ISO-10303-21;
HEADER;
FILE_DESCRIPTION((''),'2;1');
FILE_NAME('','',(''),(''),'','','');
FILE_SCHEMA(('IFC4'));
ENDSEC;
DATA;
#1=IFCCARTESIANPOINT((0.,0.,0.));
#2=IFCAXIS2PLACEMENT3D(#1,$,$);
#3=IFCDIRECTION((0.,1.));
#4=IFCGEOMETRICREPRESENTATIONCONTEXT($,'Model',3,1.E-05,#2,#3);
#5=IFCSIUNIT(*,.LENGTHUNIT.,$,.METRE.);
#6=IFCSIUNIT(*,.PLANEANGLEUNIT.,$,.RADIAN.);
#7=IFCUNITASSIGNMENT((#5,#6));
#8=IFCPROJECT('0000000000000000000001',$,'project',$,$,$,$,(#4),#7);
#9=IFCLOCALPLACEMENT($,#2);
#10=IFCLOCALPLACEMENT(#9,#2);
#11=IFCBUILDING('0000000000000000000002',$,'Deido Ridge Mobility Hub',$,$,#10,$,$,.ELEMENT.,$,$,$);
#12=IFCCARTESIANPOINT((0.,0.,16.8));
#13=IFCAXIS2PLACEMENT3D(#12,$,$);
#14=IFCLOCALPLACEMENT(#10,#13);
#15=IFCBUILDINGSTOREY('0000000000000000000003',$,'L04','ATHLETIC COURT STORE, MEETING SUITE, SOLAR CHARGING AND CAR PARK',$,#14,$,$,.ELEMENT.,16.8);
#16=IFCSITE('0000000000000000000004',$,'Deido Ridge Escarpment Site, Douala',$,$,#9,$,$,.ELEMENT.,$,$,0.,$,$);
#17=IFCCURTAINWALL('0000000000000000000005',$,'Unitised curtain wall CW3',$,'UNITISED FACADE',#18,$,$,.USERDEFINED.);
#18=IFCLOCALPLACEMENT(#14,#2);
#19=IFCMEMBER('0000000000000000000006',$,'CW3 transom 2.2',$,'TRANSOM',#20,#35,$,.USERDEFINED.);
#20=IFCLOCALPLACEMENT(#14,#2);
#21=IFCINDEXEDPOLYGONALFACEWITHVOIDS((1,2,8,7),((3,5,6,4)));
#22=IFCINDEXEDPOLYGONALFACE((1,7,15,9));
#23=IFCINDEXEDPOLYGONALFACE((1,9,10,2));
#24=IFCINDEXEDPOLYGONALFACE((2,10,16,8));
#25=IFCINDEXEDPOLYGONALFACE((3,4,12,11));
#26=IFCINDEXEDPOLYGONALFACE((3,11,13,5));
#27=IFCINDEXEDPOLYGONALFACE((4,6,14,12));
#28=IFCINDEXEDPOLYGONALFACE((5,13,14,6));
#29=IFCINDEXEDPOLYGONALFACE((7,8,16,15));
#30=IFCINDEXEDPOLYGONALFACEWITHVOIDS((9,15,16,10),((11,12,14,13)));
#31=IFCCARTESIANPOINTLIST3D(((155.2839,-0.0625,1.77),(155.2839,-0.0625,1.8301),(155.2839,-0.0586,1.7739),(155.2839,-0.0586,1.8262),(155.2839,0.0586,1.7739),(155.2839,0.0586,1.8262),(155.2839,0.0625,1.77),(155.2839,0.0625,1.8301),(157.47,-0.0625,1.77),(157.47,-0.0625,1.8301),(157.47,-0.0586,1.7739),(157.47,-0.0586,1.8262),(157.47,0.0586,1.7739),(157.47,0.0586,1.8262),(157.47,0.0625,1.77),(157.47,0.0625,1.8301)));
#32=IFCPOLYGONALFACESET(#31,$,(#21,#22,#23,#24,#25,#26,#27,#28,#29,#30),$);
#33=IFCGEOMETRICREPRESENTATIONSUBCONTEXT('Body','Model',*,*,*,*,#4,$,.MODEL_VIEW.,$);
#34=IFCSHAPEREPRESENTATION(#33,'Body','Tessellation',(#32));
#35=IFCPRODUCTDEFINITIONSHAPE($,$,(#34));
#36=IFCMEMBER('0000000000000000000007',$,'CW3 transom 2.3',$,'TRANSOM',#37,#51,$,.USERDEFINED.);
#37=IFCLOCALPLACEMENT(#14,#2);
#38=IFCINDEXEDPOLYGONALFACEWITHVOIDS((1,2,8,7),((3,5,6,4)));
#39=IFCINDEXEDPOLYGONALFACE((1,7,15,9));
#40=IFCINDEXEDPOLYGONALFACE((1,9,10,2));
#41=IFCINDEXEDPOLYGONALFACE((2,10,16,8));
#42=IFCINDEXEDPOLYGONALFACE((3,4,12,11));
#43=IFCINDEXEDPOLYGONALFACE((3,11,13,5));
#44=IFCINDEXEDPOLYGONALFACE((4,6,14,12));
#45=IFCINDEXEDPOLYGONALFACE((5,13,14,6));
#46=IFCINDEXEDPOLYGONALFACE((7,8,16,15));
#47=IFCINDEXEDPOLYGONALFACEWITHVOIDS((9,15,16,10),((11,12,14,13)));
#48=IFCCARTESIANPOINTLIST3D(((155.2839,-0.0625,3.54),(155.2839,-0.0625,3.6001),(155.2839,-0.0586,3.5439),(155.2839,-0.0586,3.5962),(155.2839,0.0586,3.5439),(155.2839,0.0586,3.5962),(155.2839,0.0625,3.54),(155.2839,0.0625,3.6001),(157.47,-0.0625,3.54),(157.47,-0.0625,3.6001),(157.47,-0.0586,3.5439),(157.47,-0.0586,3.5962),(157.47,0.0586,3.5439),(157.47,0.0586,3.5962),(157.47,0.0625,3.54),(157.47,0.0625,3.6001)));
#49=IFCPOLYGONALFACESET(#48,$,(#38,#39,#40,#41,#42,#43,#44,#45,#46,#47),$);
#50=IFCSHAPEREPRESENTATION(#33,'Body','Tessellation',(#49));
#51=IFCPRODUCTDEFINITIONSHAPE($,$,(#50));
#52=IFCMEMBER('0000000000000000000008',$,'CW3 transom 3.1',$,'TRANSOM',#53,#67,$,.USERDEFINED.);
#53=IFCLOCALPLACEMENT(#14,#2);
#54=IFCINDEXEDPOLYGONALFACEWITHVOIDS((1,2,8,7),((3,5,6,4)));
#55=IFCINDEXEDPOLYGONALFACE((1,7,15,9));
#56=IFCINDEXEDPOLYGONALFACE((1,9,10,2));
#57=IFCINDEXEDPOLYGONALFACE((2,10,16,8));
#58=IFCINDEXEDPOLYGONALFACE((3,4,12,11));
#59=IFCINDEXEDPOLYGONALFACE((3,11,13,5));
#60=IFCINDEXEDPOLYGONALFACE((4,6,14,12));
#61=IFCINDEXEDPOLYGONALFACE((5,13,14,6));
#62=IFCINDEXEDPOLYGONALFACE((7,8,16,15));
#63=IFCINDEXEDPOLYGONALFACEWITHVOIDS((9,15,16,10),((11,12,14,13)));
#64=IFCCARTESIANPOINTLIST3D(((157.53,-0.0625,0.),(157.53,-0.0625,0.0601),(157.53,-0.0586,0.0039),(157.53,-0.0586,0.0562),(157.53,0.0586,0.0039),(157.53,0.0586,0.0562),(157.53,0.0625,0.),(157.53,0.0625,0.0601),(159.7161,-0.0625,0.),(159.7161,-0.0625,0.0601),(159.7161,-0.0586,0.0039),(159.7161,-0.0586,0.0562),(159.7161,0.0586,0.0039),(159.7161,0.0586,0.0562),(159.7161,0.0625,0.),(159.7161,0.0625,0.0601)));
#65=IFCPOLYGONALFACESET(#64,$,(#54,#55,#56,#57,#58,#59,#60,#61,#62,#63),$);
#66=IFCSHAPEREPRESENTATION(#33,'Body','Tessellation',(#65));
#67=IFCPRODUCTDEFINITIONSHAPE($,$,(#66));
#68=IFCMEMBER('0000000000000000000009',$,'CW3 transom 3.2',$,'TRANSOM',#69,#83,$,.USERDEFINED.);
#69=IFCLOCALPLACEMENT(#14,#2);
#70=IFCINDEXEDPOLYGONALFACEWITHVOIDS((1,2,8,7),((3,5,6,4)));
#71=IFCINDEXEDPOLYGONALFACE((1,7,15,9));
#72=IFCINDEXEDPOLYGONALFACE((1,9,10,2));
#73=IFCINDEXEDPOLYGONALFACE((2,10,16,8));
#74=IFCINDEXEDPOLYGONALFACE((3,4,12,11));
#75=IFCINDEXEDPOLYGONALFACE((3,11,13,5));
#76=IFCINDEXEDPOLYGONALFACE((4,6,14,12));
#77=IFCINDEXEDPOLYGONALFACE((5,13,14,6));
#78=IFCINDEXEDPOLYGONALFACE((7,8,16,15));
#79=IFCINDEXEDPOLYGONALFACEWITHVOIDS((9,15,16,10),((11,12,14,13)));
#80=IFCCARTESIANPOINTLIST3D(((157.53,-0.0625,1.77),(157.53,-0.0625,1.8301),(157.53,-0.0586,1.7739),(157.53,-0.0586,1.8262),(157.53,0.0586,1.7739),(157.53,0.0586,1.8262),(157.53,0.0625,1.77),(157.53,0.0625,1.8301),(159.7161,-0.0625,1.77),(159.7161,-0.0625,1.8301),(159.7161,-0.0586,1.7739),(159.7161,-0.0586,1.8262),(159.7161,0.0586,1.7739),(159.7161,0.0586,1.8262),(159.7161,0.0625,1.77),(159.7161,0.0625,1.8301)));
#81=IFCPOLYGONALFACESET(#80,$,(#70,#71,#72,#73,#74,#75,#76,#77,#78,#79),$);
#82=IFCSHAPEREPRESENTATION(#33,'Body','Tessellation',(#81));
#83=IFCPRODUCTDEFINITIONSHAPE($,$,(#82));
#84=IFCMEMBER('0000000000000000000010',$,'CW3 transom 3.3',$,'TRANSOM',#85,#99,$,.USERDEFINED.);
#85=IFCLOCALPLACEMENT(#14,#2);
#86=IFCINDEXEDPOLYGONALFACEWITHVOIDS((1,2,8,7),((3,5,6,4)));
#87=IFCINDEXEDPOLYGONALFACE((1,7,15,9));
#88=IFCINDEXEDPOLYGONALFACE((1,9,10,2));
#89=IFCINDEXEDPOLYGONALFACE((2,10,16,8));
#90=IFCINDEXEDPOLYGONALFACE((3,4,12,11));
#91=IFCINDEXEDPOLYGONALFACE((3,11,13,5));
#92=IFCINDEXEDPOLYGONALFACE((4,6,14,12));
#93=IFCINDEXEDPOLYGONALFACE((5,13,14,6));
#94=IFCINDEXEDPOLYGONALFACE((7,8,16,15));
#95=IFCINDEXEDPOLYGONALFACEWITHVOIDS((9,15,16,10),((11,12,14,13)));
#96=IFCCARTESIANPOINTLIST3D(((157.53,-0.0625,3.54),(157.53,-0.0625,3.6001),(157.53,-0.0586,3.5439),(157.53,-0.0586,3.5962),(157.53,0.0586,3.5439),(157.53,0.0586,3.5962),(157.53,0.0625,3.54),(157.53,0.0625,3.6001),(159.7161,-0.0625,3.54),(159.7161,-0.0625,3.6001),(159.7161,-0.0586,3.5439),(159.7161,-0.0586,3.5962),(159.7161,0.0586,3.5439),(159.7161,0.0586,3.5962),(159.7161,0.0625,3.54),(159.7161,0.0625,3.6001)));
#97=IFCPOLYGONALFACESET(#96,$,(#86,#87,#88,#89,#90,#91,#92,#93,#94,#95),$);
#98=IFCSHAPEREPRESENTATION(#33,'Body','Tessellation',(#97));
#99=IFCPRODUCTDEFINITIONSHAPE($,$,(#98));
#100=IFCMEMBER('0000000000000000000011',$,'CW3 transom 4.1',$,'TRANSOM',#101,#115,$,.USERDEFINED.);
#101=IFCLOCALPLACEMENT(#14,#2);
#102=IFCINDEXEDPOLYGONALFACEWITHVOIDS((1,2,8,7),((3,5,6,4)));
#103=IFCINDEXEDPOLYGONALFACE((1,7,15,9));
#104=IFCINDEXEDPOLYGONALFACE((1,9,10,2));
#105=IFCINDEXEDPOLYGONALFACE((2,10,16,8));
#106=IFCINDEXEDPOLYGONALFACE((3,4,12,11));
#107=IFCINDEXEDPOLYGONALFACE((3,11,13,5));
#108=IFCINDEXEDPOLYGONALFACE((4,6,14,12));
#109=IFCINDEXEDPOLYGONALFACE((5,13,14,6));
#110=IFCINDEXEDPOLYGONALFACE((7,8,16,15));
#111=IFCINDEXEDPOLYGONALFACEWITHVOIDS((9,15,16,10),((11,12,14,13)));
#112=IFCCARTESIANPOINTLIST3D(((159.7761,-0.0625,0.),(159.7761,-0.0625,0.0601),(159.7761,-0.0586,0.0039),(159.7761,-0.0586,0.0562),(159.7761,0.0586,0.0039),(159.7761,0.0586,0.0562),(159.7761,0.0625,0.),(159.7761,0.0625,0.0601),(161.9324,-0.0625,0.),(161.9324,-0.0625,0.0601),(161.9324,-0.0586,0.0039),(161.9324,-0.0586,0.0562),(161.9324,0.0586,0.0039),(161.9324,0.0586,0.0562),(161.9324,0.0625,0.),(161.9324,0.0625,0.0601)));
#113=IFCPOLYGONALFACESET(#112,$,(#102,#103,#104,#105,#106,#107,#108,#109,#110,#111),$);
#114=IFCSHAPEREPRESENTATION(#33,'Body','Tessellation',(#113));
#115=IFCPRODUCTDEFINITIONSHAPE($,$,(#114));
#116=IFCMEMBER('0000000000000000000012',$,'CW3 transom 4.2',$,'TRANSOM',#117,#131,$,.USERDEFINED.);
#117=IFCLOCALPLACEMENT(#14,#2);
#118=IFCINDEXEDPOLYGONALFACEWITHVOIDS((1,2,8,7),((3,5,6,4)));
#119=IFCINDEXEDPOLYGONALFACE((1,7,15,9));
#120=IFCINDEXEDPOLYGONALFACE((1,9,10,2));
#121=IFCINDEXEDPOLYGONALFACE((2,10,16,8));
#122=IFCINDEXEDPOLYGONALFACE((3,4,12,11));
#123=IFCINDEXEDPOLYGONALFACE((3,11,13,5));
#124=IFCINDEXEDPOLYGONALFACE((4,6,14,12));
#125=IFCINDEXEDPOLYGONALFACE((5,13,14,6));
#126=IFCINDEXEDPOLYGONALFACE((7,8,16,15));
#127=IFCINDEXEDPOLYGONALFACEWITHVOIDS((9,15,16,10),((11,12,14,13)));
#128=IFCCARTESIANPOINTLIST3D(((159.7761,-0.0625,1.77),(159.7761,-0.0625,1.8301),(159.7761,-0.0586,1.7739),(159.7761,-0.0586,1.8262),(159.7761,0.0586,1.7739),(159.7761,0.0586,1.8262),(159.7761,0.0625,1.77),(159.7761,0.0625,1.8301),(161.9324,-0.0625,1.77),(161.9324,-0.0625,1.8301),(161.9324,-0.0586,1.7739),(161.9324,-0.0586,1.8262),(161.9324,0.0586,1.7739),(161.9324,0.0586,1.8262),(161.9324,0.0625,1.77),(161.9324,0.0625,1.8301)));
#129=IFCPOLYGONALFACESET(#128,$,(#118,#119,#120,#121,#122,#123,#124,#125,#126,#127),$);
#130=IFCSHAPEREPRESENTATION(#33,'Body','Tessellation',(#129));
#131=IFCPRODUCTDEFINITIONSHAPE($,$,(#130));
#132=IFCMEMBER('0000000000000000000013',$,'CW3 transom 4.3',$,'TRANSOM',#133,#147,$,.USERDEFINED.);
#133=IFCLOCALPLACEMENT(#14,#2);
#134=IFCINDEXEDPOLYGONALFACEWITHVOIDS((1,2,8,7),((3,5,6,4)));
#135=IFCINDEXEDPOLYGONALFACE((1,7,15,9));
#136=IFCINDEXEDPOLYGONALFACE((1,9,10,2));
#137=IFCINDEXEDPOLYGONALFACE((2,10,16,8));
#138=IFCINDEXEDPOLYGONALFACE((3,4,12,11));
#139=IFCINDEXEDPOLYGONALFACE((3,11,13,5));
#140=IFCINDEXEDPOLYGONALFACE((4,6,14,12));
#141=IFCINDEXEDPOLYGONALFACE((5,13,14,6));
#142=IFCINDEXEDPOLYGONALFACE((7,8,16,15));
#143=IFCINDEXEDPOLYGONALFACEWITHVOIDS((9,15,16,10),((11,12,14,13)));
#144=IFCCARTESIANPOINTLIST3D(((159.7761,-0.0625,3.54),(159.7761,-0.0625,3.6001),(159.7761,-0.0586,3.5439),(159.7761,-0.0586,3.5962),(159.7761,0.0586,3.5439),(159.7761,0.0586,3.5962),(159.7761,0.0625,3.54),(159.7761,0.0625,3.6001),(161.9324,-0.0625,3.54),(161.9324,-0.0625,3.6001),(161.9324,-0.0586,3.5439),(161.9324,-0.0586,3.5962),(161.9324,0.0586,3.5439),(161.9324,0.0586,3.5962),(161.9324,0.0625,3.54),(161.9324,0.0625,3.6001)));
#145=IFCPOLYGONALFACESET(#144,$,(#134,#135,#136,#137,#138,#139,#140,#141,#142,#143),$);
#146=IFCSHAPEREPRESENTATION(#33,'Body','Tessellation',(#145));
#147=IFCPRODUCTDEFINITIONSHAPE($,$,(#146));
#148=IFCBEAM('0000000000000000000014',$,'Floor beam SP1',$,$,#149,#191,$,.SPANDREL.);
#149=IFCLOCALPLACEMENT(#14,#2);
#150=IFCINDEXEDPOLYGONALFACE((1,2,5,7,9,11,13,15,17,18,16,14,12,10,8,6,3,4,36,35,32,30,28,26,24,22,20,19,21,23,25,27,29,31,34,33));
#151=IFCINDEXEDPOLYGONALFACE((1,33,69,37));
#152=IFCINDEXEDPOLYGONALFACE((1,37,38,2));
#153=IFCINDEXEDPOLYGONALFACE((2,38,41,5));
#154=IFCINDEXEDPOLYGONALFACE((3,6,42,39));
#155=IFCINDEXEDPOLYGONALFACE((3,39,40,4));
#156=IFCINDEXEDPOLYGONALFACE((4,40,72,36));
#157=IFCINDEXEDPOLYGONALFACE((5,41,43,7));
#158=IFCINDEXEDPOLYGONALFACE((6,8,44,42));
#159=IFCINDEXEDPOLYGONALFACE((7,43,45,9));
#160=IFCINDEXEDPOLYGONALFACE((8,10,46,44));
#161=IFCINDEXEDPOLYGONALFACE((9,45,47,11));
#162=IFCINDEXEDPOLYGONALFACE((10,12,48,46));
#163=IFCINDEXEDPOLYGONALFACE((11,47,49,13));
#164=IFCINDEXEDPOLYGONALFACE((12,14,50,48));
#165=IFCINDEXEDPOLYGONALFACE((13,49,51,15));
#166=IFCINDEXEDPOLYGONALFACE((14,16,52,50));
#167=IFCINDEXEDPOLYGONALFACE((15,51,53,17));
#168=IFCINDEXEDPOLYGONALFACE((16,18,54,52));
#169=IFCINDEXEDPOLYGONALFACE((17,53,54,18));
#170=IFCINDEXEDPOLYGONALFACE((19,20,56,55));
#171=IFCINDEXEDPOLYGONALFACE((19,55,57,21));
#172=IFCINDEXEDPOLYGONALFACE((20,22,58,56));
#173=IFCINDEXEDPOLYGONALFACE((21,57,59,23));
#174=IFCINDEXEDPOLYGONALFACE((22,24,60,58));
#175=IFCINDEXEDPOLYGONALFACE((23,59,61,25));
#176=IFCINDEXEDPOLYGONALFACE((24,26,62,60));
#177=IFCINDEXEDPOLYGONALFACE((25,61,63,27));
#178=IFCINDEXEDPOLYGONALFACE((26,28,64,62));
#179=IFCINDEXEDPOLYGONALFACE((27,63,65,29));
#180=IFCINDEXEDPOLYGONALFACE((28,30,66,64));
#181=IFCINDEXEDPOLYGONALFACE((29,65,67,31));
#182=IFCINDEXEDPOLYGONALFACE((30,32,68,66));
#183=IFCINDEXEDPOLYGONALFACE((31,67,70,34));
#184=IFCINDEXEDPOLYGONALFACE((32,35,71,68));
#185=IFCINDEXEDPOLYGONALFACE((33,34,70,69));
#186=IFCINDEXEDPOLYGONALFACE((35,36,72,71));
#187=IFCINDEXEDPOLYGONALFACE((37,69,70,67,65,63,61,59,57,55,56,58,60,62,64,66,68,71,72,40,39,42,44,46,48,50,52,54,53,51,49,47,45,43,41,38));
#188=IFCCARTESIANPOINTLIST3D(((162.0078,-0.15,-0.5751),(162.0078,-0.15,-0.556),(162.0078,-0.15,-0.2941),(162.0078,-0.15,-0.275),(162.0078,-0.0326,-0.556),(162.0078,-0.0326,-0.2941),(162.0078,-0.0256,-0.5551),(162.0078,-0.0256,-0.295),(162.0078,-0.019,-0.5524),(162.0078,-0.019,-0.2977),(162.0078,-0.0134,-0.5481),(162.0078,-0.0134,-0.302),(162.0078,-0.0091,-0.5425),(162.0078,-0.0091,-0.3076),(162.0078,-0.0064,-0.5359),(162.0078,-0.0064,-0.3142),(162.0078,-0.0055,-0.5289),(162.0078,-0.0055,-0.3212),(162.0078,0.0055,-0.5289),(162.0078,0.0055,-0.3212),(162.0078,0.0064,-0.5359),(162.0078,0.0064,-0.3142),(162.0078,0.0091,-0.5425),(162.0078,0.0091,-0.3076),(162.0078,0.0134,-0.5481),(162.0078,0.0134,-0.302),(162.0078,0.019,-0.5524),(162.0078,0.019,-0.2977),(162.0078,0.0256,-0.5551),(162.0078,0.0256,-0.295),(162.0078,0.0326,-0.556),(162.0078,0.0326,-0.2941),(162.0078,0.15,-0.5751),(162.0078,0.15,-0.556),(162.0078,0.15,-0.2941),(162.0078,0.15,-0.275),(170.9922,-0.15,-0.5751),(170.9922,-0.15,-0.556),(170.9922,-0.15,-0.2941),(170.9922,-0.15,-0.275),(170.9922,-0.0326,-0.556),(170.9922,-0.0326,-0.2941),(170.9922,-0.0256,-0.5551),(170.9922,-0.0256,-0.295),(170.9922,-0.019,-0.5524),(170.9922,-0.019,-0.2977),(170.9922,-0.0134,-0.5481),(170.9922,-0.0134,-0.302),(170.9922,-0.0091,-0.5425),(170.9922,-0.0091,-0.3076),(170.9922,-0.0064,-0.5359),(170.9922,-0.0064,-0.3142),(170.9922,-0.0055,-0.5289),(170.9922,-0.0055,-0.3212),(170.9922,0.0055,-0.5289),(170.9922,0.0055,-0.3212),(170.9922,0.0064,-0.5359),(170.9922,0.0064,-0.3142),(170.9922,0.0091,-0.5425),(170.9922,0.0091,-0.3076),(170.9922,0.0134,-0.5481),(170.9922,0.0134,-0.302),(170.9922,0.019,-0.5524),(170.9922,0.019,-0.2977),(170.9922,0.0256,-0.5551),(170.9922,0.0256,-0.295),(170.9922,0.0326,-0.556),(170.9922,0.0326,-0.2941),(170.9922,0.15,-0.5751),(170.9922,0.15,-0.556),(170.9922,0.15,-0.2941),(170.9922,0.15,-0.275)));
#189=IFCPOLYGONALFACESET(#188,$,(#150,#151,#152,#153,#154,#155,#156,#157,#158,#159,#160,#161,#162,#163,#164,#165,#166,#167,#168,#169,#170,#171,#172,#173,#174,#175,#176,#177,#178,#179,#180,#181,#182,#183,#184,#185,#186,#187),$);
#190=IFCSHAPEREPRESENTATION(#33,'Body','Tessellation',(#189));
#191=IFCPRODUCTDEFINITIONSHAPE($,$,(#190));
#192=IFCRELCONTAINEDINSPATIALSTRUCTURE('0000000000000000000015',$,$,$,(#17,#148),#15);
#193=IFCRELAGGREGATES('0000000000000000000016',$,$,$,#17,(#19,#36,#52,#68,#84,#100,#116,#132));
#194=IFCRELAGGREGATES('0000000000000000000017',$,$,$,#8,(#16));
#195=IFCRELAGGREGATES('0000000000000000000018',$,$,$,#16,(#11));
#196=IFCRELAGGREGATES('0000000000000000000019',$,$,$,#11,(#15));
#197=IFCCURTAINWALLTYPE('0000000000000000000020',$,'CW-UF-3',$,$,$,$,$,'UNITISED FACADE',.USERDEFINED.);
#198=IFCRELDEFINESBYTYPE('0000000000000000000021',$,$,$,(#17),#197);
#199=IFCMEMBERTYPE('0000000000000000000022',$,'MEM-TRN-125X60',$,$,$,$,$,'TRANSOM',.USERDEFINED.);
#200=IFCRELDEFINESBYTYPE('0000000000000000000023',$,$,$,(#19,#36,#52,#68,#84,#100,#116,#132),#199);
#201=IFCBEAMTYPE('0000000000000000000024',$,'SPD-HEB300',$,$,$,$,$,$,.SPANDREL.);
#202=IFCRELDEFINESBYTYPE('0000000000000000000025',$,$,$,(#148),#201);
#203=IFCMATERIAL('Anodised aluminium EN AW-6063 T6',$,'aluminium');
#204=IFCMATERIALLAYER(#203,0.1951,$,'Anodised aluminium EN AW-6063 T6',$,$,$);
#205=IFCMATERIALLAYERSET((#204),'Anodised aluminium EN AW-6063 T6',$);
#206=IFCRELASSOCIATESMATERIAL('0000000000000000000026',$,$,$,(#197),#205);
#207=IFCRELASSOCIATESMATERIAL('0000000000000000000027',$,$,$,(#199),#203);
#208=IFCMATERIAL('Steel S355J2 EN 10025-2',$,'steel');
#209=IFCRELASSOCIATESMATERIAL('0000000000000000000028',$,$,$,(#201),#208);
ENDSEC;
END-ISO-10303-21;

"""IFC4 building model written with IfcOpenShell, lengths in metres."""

from ifc_helpers import new_model, si_unit, direction, frame, origin, origin_2d, place, context, subcontext, project, spatial, hollow_rectangle, i_section, extrude, material, layer, layer_set, material_profile, profile_set, type_object, element, aggregate, save


model = new_model("IFC4")

# Units and contexts
model_context = context("Model", 3, precision=1e-05, world=origin(), true_north=direction((0.0, 1.0)))
body_context = subcontext(model_context, "Body", "Model", "MODEL_VIEW")
ifc_project = project(units=[si_unit("LENGTHUNIT", "METRE"), si_unit("PLANEANGLEUNIT", "RADIAN")], contexts=[model_context])

# Site, building, storey
site_placement = place(None, origin())
site = spatial("IfcSite", under=ifc_project, at=site_placement, Name="Deido Ridge Escarpment Site, Douala", CompositionType="ELEMENT", RefElevation=0.0)
building_placement = place(site_placement, origin())
building = spatial("IfcBuilding", under=site, at=building_placement, Name="Deido Ridge Mobility Hub", CompositionType="ELEMENT")
storey_placement = place(building_placement, frame((0.0, 0.0, 16.8)))
storey = spatial("IfcBuildingStorey", under=building, at=storey_placement, Name="L04", Description="ATHLETIC COURT STORE, MEETING SUITE, SOLAR CHARGING AND CAR PARK", CompositionType="ELEMENT", Elevation=16.8)

# Shared definitions
ifc_material_1 = material(Name="Steel S355J2 EN 10025-2", Category="steel")

# Curtain wall, members
ifc_material_2 = material(Name="Anodised aluminium EN AW-6063 T6", Category="aluminium")
ifc_layer_1 = layer(ifc_material_2, 0.1951, Name="Anodised aluminium EN AW-6063 T6")
ifc_layer_set_1 = layer_set([ifc_layer_1], Name="Anodised aluminium EN AW-6063 T6")
curtain_wall_type = type_object("IfcCurtainWallType", Name="CW-UF-3", ElementType="UNITISED FACADE", PredefinedType="USERDEFINED", material=ifc_layer_set_1)
curtain_wall_placement = place(storey_placement, origin())
curtain_wall = element("IfcCurtainWall", 1, at=curtain_wall_placement, inside=storey, type_object=curtain_wall_type, Name="Unitised curtain wall CW3", ObjectType="UNITISED FACADE", PredefinedType="USERDEFINED")
ifc_material_profile_1 = material_profile(ifc_material_2, hollow_rectangle(XDim=0.125, YDim=0.0601, WallThickness=0.0039, at=origin_2d()), Name="RHS 125x60x4")
ifc_profile_set_1 = profile_set([ifc_material_profile_1], Name="Anodised aluminium EN AW-6063 T6")
member_type_1 = type_object("IfcMemberType", Name="MEM-TRN-125X60", ElementType="TRANSOM", PredefinedType="USERDEFINED", material=ifc_profile_set_1)
member_1_placement = place(storey_placement, frame((155.2839, 0.0, 1.8), z_axis=(1.0, 0.0, 0.0), x_axis=(0.0, 1.0, 0.0)))
member_1 = element("IfcMember", 2, at=member_1_placement, type_object=member_type_1, Name="CW3 transom 2.2", ObjectType="TRANSOM", PredefinedType="USERDEFINED", context=body_context, shape_type="SweptSolid", body=[
    extrude(hollow_rectangle(XDim=0.125, YDim=0.0601, WallThickness=0.0039, at=origin_2d()), origin(), (0.0, 0.0, 1.0), 2.186),
])
member_2_placement = place(storey_placement, frame((155.2839, 0.0, 3.5701), z_axis=(1.0, 0.0, 0.0), x_axis=(0.0, 1.0, 0.0)))
member_2 = element("IfcMember", 3, at=member_2_placement, type_object=member_type_1, Name="CW3 transom 2.3", ObjectType="TRANSOM", PredefinedType="USERDEFINED", context=body_context, shape_type="SweptSolid", body=[
    extrude(hollow_rectangle(XDim=0.125, YDim=0.0601, WallThickness=0.0039, at=origin_2d()), origin(), (0.0, 0.0, 1.0), 2.186),
])
member_3_placement = place(storey_placement, frame((157.53, 0.0, 0.03), z_axis=(1.0, 0.0, 0.0), x_axis=(0.0, 1.0, 0.0)))
member_3 = element("IfcMember", 4, at=member_3_placement, type_object=member_type_1, Name="CW3 transom 3.1", ObjectType="TRANSOM", PredefinedType="USERDEFINED", context=body_context, shape_type="SweptSolid", body=[
    extrude(hollow_rectangle(XDim=0.125, YDim=0.0601, WallThickness=0.0039, at=origin_2d()), origin(), (0.0, 0.0, 1.0), 2.186),
])
member_4_placement = place(storey_placement, frame((157.53, 0.0, 1.8), z_axis=(1.0, 0.0, 0.0), x_axis=(0.0, 1.0, 0.0)))
member_4 = element("IfcMember", 5, at=member_4_placement, type_object=member_type_1, Name="CW3 transom 3.2", ObjectType="TRANSOM", PredefinedType="USERDEFINED", context=body_context, shape_type="SweptSolid", body=[
    extrude(hollow_rectangle(XDim=0.125, YDim=0.0601, WallThickness=0.0039, at=origin_2d()), origin(), (0.0, 0.0, 1.0), 2.186),
])
member_5_placement = place(storey_placement, frame((157.53, 0.0, 3.5701), z_axis=(1.0, 0.0, 0.0), x_axis=(0.0, 1.0, 0.0)))
member_5 = element("IfcMember", 6, at=member_5_placement, type_object=member_type_1, Name="CW3 transom 3.3", ObjectType="TRANSOM", PredefinedType="USERDEFINED", context=body_context, shape_type="SweptSolid", body=[
    extrude(hollow_rectangle(XDim=0.125, YDim=0.0601, WallThickness=0.0039, at=origin_2d()), origin(), (0.0, 0.0, 1.0), 2.186),
])
member_6_placement = place(storey_placement, frame((159.7761, 0.0, 0.03), z_axis=(1.0, 0.0, 0.0), x_axis=(0.0, 1.0, 0.0)))
member_6 = element("IfcMember", 7, at=member_6_placement, type_object=member_type_1, Name="CW3 transom 4.1", ObjectType="TRANSOM", PredefinedType="USERDEFINED", context=body_context, shape_type="SweptSolid", body=[
    extrude(hollow_rectangle(XDim=0.125, YDim=0.0601, WallThickness=0.0039, at=origin_2d()), origin(), (0.0, 0.0, 1.0), 2.1562),
])
member_7_placement = place(storey_placement, frame((159.7761, 0.0, 1.8), z_axis=(1.0, 0.0, 0.0), x_axis=(0.0, 1.0, 0.0)))
member_7 = element("IfcMember", 8, at=member_7_placement, type_object=member_type_1, Name="CW3 transom 4.2", ObjectType="TRANSOM", PredefinedType="USERDEFINED", context=body_context, shape_type="SweptSolid", body=[
    extrude(hollow_rectangle(XDim=0.125, YDim=0.0601, WallThickness=0.0039, at=origin_2d()), origin(), (0.0, 0.0, 1.0), 2.1562),
])
member_8_placement = place(storey_placement, frame((159.7761, 0.0, 3.5701), z_axis=(1.0, 0.0, 0.0), x_axis=(0.0, 1.0, 0.0)))
member_8 = element("IfcMember", 9, at=member_8_placement, type_object=member_type_1, Name="CW3 transom 4.3", ObjectType="TRANSOM", PredefinedType="USERDEFINED", context=body_context, shape_type="SweptSolid", body=[
    extrude(hollow_rectangle(XDim=0.125, YDim=0.0601, WallThickness=0.0039, at=origin_2d()), origin(), (0.0, 0.0, 1.0), 2.1562),
])

# Beam
ifc_material_profile_2 = material_profile(ifc_material_1, i_section(OverallWidth=0.3, OverallDepth=0.3, WebThickness=0.011, FlangeThickness=0.019, FilletRadius=0.0271, at=origin_2d()), Name="HEB 300")
ifc_profile_set_2 = profile_set([ifc_material_profile_2], Name="Steel S355J2 EN 10025-2")
beam_type = type_object("IfcBeamType", Name="SPD-HEB300", PredefinedType="SPANDREL", material=ifc_profile_set_2)
for number, where, z_axis, x_axis, name in (
    (10, (162.0078, 0.0, -0.425), (1.0, 0.0, 0.0), (0.0, 1.0, 0.0), "Floor beam SP1"),
):
    element("IfcBeam", number, at=place(storey_placement, frame(where, z_axis=z_axis, x_axis=x_axis)), inside=storey, type_object=beam_type, Name=name, PredefinedType="SPANDREL", context=body_context, shape_type="SweptSolid", body=[
        extrude(i_section(OverallWidth=0.3, OverallDepth=0.3, WebThickness=0.011, FlangeThickness=0.019, FilletRadius=0.0271, at=origin_2d()), origin(), (0.0, 0.0, 1.0), 8.9844),
    ])

aggregate(curtain_wall, [member_1, member_2, member_3, member_4, member_5, member_6, member_7, member_8])

save(model, "model.ifc")
